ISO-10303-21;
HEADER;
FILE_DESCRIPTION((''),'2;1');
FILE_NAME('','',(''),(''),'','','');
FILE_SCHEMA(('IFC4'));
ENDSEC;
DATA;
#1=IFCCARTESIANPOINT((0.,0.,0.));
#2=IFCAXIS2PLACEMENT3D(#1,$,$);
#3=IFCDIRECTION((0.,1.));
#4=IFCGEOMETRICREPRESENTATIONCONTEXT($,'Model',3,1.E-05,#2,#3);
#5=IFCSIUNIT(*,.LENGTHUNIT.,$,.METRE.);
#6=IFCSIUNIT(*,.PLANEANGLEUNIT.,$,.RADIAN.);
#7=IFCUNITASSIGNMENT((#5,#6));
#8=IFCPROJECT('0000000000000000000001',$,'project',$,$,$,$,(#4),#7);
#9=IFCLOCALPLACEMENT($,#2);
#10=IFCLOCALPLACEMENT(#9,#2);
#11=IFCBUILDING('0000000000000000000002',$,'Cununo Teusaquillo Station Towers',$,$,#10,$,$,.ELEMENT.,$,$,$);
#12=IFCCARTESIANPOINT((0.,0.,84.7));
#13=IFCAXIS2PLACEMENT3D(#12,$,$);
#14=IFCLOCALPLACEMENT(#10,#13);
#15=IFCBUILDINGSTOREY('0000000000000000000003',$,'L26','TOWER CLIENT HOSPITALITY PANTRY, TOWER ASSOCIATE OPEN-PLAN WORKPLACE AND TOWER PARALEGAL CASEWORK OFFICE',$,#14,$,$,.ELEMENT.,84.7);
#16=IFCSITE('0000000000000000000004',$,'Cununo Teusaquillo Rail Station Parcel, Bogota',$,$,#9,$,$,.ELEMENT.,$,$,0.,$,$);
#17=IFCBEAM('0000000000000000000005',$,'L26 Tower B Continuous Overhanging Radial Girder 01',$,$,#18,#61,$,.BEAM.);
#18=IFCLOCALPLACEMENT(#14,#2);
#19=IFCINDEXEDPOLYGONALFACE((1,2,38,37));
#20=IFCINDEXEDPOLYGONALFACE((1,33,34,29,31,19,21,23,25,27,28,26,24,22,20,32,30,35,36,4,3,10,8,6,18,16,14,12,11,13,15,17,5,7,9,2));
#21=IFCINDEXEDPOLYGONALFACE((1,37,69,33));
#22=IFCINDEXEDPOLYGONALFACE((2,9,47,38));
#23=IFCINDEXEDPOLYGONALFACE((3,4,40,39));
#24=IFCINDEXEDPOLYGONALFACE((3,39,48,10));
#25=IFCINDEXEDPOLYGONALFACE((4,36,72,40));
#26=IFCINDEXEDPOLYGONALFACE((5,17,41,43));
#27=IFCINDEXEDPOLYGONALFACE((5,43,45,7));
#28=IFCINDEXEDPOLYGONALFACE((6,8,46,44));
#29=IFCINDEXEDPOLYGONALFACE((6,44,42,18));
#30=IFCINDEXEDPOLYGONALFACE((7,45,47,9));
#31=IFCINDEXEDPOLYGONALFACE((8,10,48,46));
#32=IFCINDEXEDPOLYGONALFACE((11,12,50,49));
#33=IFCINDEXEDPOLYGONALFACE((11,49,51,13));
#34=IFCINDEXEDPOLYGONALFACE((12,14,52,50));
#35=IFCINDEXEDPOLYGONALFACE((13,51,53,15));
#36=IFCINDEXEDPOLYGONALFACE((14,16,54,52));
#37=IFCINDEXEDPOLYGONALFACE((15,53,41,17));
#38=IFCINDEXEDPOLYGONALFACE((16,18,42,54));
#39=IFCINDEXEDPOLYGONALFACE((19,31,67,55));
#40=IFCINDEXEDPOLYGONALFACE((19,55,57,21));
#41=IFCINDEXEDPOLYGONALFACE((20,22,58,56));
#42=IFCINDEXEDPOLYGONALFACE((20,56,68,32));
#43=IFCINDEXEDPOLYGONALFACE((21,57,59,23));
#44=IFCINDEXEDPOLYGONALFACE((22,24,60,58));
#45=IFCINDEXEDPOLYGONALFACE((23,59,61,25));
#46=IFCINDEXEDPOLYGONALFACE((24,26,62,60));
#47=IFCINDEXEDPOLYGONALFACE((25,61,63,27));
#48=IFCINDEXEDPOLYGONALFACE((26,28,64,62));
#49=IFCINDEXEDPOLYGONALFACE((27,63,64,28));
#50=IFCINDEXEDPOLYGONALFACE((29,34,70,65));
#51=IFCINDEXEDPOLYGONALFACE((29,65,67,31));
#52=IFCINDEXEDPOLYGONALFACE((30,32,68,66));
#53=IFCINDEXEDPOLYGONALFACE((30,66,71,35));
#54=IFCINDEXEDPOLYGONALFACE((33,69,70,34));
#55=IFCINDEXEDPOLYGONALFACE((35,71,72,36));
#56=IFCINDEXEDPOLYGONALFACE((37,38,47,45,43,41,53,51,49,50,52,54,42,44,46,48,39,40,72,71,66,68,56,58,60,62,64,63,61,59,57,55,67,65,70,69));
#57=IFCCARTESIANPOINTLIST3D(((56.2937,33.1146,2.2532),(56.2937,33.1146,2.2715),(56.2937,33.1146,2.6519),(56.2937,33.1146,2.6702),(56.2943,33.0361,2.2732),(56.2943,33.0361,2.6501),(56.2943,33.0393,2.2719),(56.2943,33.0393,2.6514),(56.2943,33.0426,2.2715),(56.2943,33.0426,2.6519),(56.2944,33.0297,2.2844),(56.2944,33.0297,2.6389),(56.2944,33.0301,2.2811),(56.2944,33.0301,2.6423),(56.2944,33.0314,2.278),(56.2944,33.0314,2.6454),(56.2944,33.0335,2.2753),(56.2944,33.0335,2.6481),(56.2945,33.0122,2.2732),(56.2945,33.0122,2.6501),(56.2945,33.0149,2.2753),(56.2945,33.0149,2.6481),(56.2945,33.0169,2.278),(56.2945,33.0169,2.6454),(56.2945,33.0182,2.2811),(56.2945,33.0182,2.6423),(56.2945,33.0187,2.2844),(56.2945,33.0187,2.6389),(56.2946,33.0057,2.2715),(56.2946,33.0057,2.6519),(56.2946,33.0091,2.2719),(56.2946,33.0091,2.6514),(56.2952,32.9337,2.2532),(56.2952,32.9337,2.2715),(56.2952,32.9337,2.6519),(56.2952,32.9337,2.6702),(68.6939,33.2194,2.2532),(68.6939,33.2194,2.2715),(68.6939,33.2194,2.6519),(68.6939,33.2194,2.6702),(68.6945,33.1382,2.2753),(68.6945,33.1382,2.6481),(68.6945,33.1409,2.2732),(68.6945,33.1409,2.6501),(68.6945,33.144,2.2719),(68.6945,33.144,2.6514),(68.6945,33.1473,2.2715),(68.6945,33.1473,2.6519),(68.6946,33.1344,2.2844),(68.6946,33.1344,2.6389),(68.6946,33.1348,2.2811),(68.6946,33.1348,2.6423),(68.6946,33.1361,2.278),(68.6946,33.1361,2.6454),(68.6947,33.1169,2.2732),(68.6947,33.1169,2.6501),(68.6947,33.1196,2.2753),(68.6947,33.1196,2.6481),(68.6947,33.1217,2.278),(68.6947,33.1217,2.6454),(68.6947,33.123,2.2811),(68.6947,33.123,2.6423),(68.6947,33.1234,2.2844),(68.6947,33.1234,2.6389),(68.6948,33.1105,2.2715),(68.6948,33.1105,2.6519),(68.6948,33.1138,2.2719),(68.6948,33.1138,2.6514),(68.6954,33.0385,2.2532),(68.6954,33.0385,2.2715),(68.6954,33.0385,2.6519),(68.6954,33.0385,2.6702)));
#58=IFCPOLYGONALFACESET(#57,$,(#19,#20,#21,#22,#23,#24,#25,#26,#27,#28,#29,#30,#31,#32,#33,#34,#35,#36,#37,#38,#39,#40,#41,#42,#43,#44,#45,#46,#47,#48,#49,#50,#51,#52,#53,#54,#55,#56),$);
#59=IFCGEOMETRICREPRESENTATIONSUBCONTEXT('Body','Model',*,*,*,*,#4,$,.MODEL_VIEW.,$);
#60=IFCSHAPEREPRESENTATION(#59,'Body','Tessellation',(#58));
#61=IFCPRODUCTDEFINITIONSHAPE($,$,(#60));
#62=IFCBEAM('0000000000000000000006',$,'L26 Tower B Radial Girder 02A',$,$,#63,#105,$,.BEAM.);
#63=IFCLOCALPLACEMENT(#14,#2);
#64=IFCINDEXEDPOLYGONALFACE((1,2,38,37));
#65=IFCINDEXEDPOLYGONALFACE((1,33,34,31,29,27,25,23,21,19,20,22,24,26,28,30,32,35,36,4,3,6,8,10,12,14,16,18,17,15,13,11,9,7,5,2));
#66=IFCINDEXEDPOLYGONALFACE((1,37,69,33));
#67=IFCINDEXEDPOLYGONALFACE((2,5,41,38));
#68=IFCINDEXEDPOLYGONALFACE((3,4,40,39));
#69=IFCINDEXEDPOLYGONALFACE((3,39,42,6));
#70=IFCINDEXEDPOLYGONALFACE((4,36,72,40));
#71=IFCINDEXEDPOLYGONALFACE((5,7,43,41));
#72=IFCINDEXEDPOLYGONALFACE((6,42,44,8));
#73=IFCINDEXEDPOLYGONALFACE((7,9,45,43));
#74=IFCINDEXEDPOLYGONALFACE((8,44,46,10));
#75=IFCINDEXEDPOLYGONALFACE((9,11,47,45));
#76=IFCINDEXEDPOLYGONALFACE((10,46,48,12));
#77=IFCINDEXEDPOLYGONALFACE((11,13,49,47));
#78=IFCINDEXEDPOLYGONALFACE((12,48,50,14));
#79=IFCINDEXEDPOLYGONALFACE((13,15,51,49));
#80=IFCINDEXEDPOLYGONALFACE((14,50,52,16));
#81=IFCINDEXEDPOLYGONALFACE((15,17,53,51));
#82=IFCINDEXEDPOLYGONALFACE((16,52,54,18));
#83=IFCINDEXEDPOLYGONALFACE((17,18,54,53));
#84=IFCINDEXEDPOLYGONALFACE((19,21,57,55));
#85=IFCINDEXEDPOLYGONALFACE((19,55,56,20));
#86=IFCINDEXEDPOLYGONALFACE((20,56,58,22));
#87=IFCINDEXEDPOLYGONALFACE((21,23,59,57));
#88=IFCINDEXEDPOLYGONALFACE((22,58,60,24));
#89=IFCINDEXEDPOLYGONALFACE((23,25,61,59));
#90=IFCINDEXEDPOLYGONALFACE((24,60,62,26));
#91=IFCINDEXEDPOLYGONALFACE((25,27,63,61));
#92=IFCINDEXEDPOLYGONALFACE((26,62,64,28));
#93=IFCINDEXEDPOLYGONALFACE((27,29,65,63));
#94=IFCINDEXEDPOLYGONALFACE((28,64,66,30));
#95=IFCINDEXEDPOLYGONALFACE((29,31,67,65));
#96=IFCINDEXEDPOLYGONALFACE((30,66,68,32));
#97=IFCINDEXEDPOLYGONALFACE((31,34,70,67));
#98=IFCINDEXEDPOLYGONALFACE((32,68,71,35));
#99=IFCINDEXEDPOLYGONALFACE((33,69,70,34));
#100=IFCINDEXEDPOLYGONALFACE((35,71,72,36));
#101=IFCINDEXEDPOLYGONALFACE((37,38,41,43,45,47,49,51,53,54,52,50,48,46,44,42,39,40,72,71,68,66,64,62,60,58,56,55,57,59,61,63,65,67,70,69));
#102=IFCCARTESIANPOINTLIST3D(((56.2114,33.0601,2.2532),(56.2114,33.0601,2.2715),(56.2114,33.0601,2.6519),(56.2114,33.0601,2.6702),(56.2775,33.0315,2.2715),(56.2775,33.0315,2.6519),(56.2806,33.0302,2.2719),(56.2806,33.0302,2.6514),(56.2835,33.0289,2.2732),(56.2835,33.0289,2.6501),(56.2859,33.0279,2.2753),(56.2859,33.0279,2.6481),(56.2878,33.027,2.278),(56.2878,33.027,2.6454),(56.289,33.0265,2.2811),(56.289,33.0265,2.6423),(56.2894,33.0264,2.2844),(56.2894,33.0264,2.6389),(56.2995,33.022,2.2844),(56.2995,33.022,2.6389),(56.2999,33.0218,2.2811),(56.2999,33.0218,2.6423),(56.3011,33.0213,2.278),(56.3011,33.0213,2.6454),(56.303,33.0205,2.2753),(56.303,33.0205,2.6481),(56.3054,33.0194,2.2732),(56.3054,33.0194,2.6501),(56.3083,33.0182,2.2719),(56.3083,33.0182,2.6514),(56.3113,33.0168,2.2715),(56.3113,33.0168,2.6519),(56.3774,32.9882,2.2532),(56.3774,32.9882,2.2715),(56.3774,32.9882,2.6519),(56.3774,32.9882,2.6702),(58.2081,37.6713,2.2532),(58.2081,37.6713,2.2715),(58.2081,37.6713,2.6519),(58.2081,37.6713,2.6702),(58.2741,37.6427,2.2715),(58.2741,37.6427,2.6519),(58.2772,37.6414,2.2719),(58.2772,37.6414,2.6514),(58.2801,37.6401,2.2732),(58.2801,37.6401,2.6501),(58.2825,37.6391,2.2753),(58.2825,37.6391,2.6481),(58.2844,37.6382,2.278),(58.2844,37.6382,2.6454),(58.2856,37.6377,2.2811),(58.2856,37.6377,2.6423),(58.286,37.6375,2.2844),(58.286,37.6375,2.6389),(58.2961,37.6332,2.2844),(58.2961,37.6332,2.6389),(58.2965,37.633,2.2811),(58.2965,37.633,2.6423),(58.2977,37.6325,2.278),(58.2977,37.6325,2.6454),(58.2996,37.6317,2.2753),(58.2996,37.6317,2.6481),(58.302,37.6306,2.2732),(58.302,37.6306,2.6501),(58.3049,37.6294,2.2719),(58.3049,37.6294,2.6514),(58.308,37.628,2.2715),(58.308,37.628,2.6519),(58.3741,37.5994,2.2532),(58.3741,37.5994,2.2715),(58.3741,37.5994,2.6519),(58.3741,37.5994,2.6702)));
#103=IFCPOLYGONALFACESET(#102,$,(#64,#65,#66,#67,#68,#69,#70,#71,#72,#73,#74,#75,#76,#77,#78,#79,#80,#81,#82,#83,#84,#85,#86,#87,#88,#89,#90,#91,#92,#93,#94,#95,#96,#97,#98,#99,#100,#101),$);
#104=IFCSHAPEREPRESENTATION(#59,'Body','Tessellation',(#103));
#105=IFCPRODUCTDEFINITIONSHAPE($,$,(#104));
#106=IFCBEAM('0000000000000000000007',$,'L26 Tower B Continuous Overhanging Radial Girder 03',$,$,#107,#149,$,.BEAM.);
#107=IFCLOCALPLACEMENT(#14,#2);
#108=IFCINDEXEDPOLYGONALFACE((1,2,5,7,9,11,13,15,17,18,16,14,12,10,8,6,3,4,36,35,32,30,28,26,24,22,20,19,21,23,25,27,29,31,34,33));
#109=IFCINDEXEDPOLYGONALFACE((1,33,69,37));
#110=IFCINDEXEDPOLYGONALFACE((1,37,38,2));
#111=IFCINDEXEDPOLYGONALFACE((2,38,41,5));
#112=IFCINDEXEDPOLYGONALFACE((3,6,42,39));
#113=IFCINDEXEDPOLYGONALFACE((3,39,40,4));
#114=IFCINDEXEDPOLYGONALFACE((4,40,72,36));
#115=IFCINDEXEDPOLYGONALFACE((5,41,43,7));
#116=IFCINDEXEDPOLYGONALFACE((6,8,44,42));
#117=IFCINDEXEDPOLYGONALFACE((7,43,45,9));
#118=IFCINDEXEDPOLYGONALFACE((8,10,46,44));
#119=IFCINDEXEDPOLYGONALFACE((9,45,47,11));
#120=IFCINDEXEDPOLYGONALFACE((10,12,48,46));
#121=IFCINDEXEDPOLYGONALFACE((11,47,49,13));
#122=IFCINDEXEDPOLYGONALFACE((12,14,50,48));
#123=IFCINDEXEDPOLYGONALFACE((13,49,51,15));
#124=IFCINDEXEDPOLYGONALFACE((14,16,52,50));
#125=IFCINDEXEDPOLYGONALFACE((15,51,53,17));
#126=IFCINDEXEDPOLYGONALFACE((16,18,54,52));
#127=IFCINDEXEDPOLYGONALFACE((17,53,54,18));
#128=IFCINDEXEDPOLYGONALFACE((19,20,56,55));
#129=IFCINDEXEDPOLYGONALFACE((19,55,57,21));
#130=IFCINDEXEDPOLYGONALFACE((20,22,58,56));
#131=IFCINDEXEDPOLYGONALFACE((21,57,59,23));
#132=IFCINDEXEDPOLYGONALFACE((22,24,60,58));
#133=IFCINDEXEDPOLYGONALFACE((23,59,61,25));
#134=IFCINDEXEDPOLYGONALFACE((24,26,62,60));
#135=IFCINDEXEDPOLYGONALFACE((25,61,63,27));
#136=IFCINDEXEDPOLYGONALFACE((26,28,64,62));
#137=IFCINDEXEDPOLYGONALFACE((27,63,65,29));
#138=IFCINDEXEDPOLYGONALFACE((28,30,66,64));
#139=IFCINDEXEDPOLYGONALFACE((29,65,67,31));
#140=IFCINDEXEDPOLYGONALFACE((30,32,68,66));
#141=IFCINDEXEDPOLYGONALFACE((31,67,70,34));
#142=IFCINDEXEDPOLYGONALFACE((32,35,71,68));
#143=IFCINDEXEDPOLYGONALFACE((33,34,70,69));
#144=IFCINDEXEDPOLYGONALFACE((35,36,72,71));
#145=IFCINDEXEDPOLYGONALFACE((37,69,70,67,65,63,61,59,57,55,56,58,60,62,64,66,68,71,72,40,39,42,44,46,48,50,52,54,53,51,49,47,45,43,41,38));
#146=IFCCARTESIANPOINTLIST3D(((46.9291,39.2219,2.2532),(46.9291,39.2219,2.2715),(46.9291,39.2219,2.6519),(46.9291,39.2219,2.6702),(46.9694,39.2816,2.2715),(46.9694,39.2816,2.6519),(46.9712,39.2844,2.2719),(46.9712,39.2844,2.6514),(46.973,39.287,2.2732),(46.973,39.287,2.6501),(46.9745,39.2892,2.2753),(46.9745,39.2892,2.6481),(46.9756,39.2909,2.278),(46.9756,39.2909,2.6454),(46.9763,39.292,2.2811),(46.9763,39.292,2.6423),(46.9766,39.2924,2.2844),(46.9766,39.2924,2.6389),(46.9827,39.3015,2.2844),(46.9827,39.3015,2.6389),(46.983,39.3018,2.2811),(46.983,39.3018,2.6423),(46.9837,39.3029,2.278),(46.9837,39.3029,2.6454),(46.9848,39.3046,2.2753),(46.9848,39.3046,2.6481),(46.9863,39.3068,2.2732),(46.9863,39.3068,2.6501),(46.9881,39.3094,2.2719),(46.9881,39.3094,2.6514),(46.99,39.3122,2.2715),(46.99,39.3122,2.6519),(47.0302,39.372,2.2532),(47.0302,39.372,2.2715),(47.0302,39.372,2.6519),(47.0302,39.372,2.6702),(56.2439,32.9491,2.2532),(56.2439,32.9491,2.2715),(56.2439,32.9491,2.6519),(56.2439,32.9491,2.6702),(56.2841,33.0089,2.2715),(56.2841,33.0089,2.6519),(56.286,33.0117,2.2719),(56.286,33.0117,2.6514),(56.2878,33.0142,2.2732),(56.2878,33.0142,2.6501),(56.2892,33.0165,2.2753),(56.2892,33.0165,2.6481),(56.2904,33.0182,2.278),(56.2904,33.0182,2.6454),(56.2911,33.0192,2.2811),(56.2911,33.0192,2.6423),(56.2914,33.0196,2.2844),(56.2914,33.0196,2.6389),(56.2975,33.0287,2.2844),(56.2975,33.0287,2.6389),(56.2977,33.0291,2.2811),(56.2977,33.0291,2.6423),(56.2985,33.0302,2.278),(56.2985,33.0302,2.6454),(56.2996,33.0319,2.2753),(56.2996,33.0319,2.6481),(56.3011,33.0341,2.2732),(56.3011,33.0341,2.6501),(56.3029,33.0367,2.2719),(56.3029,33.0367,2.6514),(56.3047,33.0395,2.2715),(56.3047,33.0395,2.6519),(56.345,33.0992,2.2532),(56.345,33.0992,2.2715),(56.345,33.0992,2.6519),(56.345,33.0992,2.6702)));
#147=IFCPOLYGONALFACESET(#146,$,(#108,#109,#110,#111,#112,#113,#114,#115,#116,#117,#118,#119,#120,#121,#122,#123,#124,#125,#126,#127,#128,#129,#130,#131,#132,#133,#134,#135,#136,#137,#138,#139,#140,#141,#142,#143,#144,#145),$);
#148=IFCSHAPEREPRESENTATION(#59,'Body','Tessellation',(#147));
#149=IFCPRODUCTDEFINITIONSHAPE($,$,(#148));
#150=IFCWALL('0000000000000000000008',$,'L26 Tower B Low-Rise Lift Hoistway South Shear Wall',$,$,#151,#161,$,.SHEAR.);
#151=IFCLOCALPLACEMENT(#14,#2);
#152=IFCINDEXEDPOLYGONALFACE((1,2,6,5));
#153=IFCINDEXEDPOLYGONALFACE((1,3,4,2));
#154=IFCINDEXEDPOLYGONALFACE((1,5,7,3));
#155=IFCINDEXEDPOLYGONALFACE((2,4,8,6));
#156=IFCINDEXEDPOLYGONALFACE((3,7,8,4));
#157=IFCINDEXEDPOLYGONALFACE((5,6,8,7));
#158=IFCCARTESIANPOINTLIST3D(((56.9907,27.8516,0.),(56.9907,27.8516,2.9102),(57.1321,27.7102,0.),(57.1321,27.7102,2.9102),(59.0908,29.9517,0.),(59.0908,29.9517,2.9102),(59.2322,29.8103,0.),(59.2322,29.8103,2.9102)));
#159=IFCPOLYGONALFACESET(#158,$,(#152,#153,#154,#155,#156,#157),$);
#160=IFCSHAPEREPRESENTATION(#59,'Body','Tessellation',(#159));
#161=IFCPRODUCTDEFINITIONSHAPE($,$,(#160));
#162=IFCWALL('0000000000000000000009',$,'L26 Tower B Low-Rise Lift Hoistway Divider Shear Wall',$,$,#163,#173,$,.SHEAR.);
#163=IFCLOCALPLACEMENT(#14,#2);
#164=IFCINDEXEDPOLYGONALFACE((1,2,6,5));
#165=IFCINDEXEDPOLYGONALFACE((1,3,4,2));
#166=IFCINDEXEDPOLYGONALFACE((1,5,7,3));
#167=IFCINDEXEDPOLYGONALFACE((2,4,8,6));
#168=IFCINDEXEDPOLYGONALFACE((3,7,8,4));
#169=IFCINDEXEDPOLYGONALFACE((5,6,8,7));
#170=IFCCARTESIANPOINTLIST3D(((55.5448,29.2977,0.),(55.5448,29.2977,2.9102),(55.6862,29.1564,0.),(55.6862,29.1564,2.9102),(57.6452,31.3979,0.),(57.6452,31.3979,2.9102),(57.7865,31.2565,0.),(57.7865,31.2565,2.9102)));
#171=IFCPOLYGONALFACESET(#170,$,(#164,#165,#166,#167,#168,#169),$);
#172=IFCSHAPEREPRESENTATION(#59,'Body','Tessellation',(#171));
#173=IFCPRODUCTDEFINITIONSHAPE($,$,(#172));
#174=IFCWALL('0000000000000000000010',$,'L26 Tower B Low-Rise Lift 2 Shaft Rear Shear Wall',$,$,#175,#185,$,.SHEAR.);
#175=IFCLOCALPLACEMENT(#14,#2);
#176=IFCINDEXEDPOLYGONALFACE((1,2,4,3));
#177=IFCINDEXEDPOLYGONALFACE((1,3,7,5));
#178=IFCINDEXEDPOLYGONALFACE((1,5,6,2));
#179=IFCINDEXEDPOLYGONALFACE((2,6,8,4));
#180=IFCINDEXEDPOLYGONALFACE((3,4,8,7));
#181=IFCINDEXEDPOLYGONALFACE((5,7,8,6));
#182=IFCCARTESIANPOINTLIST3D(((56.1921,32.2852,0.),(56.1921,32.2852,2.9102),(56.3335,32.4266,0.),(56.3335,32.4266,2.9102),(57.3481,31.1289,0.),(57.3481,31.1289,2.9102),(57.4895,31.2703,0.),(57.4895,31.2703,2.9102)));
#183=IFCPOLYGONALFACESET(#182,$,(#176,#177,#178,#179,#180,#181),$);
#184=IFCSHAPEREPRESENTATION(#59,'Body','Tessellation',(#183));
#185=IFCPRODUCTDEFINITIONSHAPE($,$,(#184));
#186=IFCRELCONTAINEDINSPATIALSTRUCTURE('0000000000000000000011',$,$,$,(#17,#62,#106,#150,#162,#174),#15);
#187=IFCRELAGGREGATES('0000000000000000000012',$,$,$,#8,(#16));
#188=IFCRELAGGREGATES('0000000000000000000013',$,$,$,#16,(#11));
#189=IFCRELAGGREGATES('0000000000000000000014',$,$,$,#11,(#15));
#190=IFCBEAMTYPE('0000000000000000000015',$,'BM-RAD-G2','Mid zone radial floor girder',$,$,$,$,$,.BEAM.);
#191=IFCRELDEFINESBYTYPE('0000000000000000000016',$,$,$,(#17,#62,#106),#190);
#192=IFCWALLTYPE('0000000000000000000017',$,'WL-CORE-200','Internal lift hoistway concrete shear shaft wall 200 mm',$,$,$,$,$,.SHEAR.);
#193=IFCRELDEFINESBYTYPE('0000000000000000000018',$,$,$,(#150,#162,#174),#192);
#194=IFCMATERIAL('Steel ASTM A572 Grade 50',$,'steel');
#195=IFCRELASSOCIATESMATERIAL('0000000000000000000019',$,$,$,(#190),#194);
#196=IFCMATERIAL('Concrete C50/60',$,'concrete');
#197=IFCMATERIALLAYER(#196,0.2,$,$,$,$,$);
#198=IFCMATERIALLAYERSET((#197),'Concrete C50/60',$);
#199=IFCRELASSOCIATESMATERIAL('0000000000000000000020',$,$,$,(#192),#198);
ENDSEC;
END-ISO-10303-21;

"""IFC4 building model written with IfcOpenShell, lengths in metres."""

from ifc_helpers import new_model, si_unit, direction, frame, frame_2d, origin, origin_2d, place, context, subcontext, project, spatial, rectangle, i_section, extrude, material, layer, layer_set, material_profile, profile_set, type_object, element, save


model = new_model("IFC4")

# Units and contexts
model_context = context("Model", 3, precision=1e-05, world=origin(), true_north=direction((0.0, 1.0)))
body_context = subcontext(model_context, "Body", "Model", "MODEL_VIEW")
ifc_project = project(units=[si_unit("LENGTHUNIT", "METRE"), si_unit("PLANEANGLEUNIT", "RADIAN")], contexts=[model_context])

# Site, building, storey
site_placement = place(None, origin())
site = spatial("IfcSite", under=ifc_project, at=site_placement, Name="Cununo Teusaquillo Rail Station Parcel, Bogota", CompositionType="ELEMENT", RefElevation=0.0)
building_placement = place(site_placement, origin())
building = spatial("IfcBuilding", under=site, at=building_placement, Name="Cununo Teusaquillo Station Towers", CompositionType="ELEMENT")
storey_placement = place(building_placement, frame((0.0, 0.0, 84.7)))
storey = spatial("IfcBuildingStorey", under=building, at=storey_placement, Name="L26", Description="TOWER CLIENT HOSPITALITY PANTRY, TOWER ASSOCIATE OPEN-PLAN WORKPLACE AND TOWER PARALEGAL CASEWORK OFFICE", CompositionType="ELEMENT", Elevation=84.7)

# Beams
ifc_material_1 = material(Name="Steel ASTM A572 Grade 50", Category="steel")
ifc_material_profile_1 = material_profile(ifc_material_1, i_section(OverallWidth=0.1809, OverallDepth=0.417, WebThickness=0.011, FlangeThickness=0.0183, FilletRadius=0.0129, at=origin_2d()), Name="W16X57")
ifc_profile_set_1 = profile_set([ifc_material_profile_1], Name="Steel ASTM A572 Grade 50")
beam_type_1 = type_object("IfcBeamType", Name="BM-RAD-G2", Description="Mid zone radial floor girder", PredefinedType="BEAM", material=ifc_profile_set_1)
beam_1_placement = place(storey_placement, frame((56.2944, 33.0242, 2.4617), z_axis=(0.999964, 0.008446, 0.0), x_axis=(-0.008446, 0.999964, 0.0)))
element("IfcBeam", 1, at=beam_1_placement, inside=storey, type_object=beam_type_1, Name="L26 Tower B Continuous Overhanging Radial Girder 01", PredefinedType="BEAM", context=body_context, shape_type="SweptSolid", body=[
    extrude(i_section(OverallWidth=0.1809, OverallDepth=0.417, WebThickness=0.011, FlangeThickness=0.0183, FilletRadius=0.0129, at=origin_2d()), origin(), (0.0, 0.0, 1.0), 12.4006),
])
beam_2_placement = place(storey_placement, frame((56.2944, 33.0242, 2.4617), z_axis=(0.397347, 0.917668, 0.0), x_axis=(-0.917668, 0.397347, 0.0)))
element("IfcBeam", 2, at=beam_2_placement, inside=storey, type_object=beam_type_1, Name="L26 Tower B Radial Girder 02A", PredefinedType="BEAM", context=body_context, shape_type="SweptSolid", body=[
    extrude(i_section(OverallWidth=0.1809, OverallDepth=0.417, WebThickness=0.011, FlangeThickness=0.0183, FilletRadius=0.0129, at=origin_2d()), origin(), (0.0, 0.0, 1.0), 5.0249),
])
beam_3_placement = place(storey_placement, frame((56.2944, 33.0242, 2.4617), z_axis=(-0.829456, 0.558572, 0.0), x_axis=(-0.558572, -0.829456, 0.0)))
element("IfcBeam", 3, at=beam_3_placement, inside=storey, type_object=beam_type_1, Name="L26 Tower B Continuous Overhanging Radial Girder 03", PredefinedType="BEAM", context=body_context, shape_type="SweptSolid", body=[
    extrude(i_section(OverallWidth=0.1809, OverallDepth=0.417, WebThickness=0.011, FlangeThickness=0.0183, FilletRadius=0.0129, at=origin_2d()), origin(), (0.0, 0.0, 1.0), 11.23),
])

# Walls
ifc_material_2 = material(Name="Concrete C50/60", Category="concrete")
ifc_layer_1 = layer(ifc_material_2, 0.2)
ifc_layer_set_1 = layer_set([ifc_layer_1], Name="Concrete C50/60")
wall_type_1 = type_object("IfcWallType", Name="WL-CORE-200", Description="Internal lift hoistway concrete shear shaft wall 200 mm", PredefinedType="SHEAR", material=ifc_layer_set_1)
wall_1_placement = place(storey_placement, frame((57.0615, 27.781, 0.0), z_axis=(0.0, 0.0, 1.0), x_axis=(0.707107, 0.707107, 0.0)))
element("IfcWall", 4, at=wall_1_placement, inside=storey, type_object=wall_type_1, Name="L26 Tower B Low-Rise Lift Hoistway South Shear Wall", PredefinedType="SHEAR", context=body_context, shape_type="SweptSolid", body=[
    extrude(rectangle(XDim=2.97, YDim=0.2, at=frame_2d((1.4849, 0.0))), origin(), (0.0, 0.0, 1.0), 2.9102),
])
wall_2_placement = place(storey_placement, frame((55.6155, 29.2271, 0.0), z_axis=(0.0, 0.0, 1.0), x_axis=(0.707148, 0.707066, 0.0)))
element("IfcWall", 5, at=wall_2_placement, inside=storey, type_object=wall_type_1, Name="L26 Tower B Low-Rise Lift Hoistway Divider Shear Wall", PredefinedType="SHEAR", context=body_context, shape_type="SweptSolid", body=[
    extrude(rectangle(XDim=2.9702, YDim=0.2, at=frame_2d((1.4851, 0.0))), origin(), (0.0, 0.0, 1.0), 2.9102),
])
wall_3_placement = place(storey_placement, frame((57.4187, 31.1997, 0.0), z_axis=(0.0, 0.0, 1.0), x_axis=(-0.707032, 0.707181, 0.0)))
element("IfcWall", 6, at=wall_3_placement, inside=storey, type_object=wall_type_1, Name="L26 Tower B Low-Rise Lift 2 Shaft Rear Shear Wall", PredefinedType="SHEAR", context=body_context, shape_type="SweptSolid", body=[
    extrude(rectangle(XDim=1.635, YDim=0.2, at=frame_2d((0.8174, 0.0))), origin(), (0.0, 0.0, 1.0), 2.9102),
])

save(model, "model.ifc")
